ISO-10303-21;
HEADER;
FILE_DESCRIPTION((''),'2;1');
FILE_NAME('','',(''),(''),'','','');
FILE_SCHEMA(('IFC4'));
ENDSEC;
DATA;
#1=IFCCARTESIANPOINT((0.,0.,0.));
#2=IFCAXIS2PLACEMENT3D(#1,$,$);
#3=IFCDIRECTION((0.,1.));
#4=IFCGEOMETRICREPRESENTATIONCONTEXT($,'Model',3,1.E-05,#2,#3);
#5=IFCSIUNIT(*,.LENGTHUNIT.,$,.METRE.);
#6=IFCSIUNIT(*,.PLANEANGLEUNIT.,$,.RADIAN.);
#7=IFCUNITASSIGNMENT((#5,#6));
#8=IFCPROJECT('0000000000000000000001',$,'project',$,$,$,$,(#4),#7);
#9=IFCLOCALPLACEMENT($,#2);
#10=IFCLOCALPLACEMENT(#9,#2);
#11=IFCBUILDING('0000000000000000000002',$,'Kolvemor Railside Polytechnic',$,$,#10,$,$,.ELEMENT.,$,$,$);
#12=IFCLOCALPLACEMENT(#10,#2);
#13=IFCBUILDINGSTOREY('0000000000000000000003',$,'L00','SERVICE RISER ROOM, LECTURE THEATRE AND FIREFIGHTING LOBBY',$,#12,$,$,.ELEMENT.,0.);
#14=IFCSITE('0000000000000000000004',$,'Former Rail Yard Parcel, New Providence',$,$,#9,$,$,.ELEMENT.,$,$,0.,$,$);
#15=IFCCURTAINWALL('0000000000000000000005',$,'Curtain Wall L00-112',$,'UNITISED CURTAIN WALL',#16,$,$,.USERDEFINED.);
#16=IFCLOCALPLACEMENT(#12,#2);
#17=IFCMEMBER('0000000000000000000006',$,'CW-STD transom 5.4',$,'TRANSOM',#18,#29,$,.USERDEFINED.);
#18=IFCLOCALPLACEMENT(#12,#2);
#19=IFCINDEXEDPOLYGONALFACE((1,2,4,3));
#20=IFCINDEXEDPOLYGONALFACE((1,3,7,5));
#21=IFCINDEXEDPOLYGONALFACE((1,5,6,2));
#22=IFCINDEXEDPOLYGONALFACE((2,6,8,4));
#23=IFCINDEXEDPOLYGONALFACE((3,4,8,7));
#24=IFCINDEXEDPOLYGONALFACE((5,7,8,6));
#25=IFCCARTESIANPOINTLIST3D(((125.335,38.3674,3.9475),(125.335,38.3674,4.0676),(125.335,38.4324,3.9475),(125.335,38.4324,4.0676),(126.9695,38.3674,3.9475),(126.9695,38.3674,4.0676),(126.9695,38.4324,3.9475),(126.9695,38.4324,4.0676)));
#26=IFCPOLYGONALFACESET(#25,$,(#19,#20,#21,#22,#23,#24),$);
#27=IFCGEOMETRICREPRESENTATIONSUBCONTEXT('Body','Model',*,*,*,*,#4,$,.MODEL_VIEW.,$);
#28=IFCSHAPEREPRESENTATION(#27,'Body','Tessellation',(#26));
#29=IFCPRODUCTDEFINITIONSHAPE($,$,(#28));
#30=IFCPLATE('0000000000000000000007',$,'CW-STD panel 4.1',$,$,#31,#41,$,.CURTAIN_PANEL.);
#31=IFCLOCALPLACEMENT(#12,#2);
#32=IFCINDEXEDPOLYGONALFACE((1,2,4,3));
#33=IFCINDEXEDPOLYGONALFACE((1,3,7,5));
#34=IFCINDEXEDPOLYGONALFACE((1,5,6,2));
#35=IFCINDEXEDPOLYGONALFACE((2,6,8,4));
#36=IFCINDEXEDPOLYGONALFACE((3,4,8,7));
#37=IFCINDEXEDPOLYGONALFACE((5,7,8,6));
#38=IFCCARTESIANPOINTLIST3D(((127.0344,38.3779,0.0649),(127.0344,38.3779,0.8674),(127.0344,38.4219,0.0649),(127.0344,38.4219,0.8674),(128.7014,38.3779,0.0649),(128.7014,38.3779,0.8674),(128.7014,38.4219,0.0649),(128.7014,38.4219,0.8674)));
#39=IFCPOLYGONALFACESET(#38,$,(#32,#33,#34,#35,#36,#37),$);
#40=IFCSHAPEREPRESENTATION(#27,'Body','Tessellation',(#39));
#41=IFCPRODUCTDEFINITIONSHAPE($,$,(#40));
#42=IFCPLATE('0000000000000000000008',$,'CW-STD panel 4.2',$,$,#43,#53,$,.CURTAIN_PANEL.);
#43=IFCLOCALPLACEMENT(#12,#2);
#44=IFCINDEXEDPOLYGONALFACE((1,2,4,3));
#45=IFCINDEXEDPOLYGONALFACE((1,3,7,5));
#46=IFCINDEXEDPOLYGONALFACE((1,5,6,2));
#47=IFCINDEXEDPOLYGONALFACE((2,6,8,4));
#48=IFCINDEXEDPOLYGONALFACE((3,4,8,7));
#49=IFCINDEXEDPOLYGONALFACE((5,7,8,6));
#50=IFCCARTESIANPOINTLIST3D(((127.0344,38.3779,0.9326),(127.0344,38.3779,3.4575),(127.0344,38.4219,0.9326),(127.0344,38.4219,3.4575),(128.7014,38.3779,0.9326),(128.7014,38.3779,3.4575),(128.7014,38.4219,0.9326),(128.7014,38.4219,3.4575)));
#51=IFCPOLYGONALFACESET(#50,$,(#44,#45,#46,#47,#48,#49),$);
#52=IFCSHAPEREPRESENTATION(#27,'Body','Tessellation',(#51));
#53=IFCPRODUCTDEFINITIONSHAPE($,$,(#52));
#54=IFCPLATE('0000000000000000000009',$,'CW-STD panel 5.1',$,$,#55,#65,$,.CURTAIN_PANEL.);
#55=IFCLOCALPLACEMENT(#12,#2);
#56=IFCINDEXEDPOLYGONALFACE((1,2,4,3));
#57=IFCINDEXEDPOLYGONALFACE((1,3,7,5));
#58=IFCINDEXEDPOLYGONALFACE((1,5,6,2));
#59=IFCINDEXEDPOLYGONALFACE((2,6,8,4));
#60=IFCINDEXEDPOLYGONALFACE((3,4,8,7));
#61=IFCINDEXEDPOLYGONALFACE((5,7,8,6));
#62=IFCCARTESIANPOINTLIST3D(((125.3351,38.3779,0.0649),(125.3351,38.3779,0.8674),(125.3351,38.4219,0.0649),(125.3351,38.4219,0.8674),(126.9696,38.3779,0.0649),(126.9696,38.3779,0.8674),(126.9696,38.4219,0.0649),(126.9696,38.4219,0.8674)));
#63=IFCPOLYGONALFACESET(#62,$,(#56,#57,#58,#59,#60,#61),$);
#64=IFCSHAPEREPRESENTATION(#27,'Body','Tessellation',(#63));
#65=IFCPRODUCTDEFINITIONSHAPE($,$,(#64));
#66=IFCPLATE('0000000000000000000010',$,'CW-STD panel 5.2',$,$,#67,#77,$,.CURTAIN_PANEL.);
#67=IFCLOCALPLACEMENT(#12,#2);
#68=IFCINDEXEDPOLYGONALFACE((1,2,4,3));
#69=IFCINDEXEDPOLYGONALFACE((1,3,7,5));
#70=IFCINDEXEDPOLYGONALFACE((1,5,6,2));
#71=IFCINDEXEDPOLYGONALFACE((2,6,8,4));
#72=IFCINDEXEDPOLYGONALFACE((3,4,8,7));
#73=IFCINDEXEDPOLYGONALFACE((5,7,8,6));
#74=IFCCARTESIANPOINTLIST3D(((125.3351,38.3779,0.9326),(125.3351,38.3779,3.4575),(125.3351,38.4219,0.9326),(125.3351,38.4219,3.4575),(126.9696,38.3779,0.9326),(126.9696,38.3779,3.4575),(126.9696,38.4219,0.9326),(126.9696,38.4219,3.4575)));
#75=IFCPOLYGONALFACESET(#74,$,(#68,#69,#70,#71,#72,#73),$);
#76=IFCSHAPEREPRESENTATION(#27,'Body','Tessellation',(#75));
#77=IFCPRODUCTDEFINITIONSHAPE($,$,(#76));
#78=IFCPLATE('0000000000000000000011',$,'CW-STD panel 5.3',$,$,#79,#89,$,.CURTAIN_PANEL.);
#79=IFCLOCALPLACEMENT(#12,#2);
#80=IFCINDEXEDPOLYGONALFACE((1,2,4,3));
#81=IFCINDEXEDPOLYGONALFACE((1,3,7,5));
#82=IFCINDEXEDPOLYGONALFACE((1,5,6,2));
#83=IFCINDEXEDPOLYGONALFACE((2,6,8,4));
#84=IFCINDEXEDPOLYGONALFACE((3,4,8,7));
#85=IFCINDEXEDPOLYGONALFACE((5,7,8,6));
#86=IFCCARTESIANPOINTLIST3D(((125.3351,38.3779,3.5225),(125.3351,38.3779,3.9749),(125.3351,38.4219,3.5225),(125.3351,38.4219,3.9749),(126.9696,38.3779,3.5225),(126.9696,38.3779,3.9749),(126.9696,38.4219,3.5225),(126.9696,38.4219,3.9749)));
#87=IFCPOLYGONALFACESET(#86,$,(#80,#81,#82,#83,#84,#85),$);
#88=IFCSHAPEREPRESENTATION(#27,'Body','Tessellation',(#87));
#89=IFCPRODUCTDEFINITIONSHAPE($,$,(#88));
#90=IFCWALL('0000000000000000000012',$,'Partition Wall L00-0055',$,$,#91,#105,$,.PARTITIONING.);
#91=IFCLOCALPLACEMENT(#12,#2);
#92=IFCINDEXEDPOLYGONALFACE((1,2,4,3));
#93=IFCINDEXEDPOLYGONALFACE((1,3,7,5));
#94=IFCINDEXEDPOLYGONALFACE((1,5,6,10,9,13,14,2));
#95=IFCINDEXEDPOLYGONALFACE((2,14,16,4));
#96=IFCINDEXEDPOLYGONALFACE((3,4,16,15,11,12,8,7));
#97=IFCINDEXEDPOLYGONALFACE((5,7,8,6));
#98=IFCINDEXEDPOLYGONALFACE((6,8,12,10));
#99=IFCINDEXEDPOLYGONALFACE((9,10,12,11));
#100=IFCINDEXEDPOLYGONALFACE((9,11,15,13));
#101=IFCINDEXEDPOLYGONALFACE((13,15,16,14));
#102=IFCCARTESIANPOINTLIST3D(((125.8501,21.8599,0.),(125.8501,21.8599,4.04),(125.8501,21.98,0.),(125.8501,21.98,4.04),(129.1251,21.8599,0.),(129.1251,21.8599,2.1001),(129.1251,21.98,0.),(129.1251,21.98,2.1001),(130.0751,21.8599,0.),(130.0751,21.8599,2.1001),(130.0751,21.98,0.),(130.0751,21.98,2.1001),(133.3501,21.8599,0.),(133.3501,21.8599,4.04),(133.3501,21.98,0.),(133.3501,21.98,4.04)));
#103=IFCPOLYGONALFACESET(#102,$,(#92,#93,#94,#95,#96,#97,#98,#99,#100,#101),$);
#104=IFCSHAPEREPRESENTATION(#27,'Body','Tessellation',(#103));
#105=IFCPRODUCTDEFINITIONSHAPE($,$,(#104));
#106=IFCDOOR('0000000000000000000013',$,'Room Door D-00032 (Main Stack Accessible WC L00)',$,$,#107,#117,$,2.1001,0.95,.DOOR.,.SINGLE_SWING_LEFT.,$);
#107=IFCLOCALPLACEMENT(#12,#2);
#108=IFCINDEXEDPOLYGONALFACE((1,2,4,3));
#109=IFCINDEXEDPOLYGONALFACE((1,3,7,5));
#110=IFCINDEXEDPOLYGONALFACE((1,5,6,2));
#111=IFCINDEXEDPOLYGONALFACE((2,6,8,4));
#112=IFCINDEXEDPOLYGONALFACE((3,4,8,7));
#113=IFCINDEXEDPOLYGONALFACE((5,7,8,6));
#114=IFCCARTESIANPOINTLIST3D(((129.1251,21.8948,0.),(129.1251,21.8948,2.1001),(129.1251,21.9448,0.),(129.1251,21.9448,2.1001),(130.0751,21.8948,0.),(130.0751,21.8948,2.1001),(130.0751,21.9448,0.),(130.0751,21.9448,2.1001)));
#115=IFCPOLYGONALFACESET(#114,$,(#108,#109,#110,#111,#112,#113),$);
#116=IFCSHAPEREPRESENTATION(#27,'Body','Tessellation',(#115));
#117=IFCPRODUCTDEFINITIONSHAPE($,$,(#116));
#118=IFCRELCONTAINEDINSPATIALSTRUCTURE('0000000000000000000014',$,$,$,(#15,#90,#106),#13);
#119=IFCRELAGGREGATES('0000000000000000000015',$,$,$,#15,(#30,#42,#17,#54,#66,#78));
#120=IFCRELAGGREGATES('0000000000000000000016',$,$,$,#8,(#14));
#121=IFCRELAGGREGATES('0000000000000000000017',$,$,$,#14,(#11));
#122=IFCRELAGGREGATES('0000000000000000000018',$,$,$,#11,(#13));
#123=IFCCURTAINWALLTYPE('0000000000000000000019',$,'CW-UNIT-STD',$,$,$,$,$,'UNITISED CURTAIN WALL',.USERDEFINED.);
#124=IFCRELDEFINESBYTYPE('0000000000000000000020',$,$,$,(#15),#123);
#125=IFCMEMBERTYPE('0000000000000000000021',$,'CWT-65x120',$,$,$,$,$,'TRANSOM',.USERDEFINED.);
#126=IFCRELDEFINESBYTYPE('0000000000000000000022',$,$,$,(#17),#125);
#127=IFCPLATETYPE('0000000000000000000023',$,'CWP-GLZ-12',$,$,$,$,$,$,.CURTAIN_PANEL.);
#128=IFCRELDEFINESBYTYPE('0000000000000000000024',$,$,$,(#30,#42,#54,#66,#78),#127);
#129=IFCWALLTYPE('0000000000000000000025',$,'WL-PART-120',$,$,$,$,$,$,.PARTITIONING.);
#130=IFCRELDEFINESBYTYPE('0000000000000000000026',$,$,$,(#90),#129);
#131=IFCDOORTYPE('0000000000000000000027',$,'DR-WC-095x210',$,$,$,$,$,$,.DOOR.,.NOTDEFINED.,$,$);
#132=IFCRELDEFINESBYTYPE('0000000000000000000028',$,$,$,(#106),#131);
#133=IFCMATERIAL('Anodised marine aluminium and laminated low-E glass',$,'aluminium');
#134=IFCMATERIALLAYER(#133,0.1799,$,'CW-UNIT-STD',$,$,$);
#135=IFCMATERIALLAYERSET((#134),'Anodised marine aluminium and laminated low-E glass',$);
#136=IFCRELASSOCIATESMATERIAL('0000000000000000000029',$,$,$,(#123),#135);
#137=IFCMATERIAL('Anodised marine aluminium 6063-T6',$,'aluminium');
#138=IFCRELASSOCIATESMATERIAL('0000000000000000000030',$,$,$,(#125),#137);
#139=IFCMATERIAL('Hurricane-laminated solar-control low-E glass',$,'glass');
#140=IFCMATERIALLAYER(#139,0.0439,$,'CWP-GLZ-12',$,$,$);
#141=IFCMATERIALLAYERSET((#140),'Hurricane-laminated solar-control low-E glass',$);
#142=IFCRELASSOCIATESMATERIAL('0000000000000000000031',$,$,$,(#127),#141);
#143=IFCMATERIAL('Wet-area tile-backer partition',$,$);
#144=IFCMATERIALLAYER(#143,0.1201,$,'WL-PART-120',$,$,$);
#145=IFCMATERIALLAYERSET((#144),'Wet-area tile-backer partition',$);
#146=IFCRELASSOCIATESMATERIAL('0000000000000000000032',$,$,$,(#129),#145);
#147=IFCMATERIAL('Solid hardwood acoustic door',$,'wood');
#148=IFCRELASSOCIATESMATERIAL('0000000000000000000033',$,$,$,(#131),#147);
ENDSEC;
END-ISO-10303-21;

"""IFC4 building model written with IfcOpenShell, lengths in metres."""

from ifc_helpers import new_model, si_unit, direction, frame, frame_2d, origin, origin_2d, place, context, subcontext, project, spatial, rectangle, extrude, material, layer, layer_set, material_profile, profile_set, type_object, element, fill, aggregate, save


model = new_model("IFC4")

# Units and contexts
model_context = context("Model", 3, precision=1e-05, world=origin(), true_north=direction((0.0, 1.0)))
body_context = subcontext(model_context, "Body", "Model", "MODEL_VIEW")
ifc_project = project(units=[si_unit("LENGTHUNIT", "METRE"), si_unit("PLANEANGLEUNIT", "RADIAN")], contexts=[model_context])

# Site, building, storey
site_placement = place(None, origin())
site = spatial("IfcSite", under=ifc_project, at=site_placement, Name="Former Rail Yard Parcel, New Providence", CompositionType="ELEMENT", RefElevation=0.0)
building_placement = place(site_placement, origin())
building = spatial("IfcBuilding", under=site, at=building_placement, Name="Kolvemor Railside Polytechnic", CompositionType="ELEMENT")
storey_placement = place(building_placement, origin())
storey = spatial("IfcBuildingStorey", under=building, at=storey_placement, Name="L00", Description="SERVICE RISER ROOM, LECTURE THEATRE AND FIREFIGHTING LOBBY", CompositionType="ELEMENT", Elevation=0.0)

# Curtain wall, member, plates
ifc_material_1 = material(Name="Anodised marine aluminium and laminated low-E glass", Category="aluminium")
ifc_layer_1 = layer(ifc_material_1, 0.1799, Name="CW-UNIT-STD")
ifc_layer_set_1 = layer_set([ifc_layer_1], Name="Anodised marine aluminium and laminated low-E glass")
curtain_wall_type = type_object("IfcCurtainWallType", Name="CW-UNIT-STD", ElementType="UNITISED CURTAIN WALL", PredefinedType="USERDEFINED", material=ifc_layer_set_1)
curtain_wall_placement = place(storey_placement, origin())
curtain_wall = element("IfcCurtainWall", 1, at=curtain_wall_placement, inside=storey, type_object=curtain_wall_type, Name="Curtain Wall L00-112", ObjectType="UNITISED CURTAIN WALL", PredefinedType="USERDEFINED")
ifc_material_2 = material(Name="Anodised marine aluminium 6063-T6", Category="aluminium")
ifc_material_profile_1 = material_profile(ifc_material_2, rectangle(XDim=0.0649, YDim=0.1201, at=origin_2d()), Name="CW-TRN-65x120")
ifc_profile_set_1 = profile_set([ifc_material_profile_1], Name="Anodised marine aluminium 6063-T6")
member_type_1 = type_object("IfcMemberType", Name="CWT-65x120", ElementType="TRANSOM", PredefinedType="USERDEFINED", material=ifc_profile_set_1)
member_1_placement = place(storey_placement, frame((126.9695, 38.3999, 4.0076), z_axis=(-1.0, 0.0, 0.0), x_axis=(0.0, -1.0, 0.0)))
member_1 = element("IfcMember", 2, at=member_1_placement, type_object=member_type_1, Name="CW-STD transom 5.4", ObjectType="TRANSOM", PredefinedType="USERDEFINED", context=body_context, shape_type="SweptSolid", body=[
    extrude(rectangle(XDim=0.0649, YDim=0.1201, at=origin_2d()), origin(), (0.0, 0.0, 1.0), 1.6345),
])
ifc_material_3 = material(Name="Hurricane-laminated solar-control low-E glass", Category="glass")
ifc_layer_2 = layer(ifc_material_3, 0.0439, Name="CWP-GLZ-12")
ifc_layer_set_2 = layer_set([ifc_layer_2], Name="Hurricane-laminated solar-control low-E glass")
plate_type = type_object("IfcPlateType", Name="CWP-GLZ-12", PredefinedType="CURTAIN_PANEL", material=ifc_layer_set_2)
plate_1_placement = place(storey_placement, frame((127.8679, 38.3999, 0.0649), z_axis=(0.0, 0.0, 1.0), x_axis=(-1.0, 0.0, 0.0)))
plate_1 = element("IfcPlate", 3, at=plate_1_placement, type_object=plate_type, Name="CW-STD panel 4.1", PredefinedType="CURTAIN_PANEL", context=body_context, shape_type="SweptSolid", body=[
    extrude(rectangle(XDim=1.667, YDim=0.0439, at=origin_2d()), origin(), (0.0, 0.0, 1.0), 0.8025),
])
plate_2_placement = place(storey_placement, frame((127.8679, 38.3999, 0.9326), z_axis=(0.0, 0.0, 1.0), x_axis=(-1.0, 0.0, 0.0)))
plate_2 = element("IfcPlate", 4, at=plate_2_placement, type_object=plate_type, Name="CW-STD panel 4.2", PredefinedType="CURTAIN_PANEL", context=body_context, shape_type="SweptSolid", body=[
    extrude(rectangle(XDim=1.667, YDim=0.0439, at=origin_2d()), origin(), (0.0, 0.0, 1.0), 2.5249),
])
plate_3_placement = place(storey_placement, frame((126.1523, 38.3999, 0.0649), z_axis=(0.0, 0.0, 1.0), x_axis=(-1.0, 0.0, 0.0)))
plate_3 = element("IfcPlate", 5, at=plate_3_placement, type_object=plate_type, Name="CW-STD panel 5.1", PredefinedType="CURTAIN_PANEL", context=body_context, shape_type="SweptSolid", body=[
    extrude(rectangle(XDim=1.6345, YDim=0.0439, at=origin_2d()), origin(), (0.0, 0.0, 1.0), 0.8025),
])
plate_4_placement = place(storey_placement, frame((126.1523, 38.3999, 0.9326), z_axis=(0.0, 0.0, 1.0), x_axis=(-1.0, 0.0, 0.0)))
plate_4 = element("IfcPlate", 6, at=plate_4_placement, type_object=plate_type, Name="CW-STD panel 5.2", PredefinedType="CURTAIN_PANEL", context=body_context, shape_type="SweptSolid", body=[
    extrude(rectangle(XDim=1.6345, YDim=0.0439, at=origin_2d()), origin(), (0.0, 0.0, 1.0), 2.5249),
])
plate_5_placement = place(storey_placement, frame((126.1523, 38.3999, 3.5225), z_axis=(0.0, 0.0, 1.0), x_axis=(-1.0, 0.0, 0.0)))
plate_5 = element("IfcPlate", 7, at=plate_5_placement, type_object=plate_type, Name="CW-STD panel 5.3", PredefinedType="CURTAIN_PANEL", context=body_context, shape_type="SweptSolid", body=[
    extrude(rectangle(XDim=1.6345, YDim=0.0439, at=origin_2d()), origin(), (0.0, 0.0, 1.0), 0.4524),
])
aggregate(curtain_wall, [plate_1, plate_2, member_1, plate_3, plate_4, plate_5])

# Wall, opening, door
ifc_material_4 = material(Name="Wet-area tile-backer partition")
ifc_layer_3 = layer(ifc_material_4, 0.1201, Name="WL-PART-120")
ifc_layer_set_3 = layer_set([ifc_layer_3], Name="Wet-area tile-backer partition")
wall_type = type_object("IfcWallType", Name="WL-PART-120", PredefinedType="PARTITIONING", material=ifc_layer_set_3)
wall_placement = place(storey_placement, frame((125.8501, 21.9199, 0.0), z_axis=(0.0, 0.0, 1.0), x_axis=(1.0, 0.0, 0.0)))
wall = element("IfcWall", 8, at=wall_placement, inside=storey, type_object=wall_type, Name="Partition Wall L00-0055", PredefinedType="PARTITIONING", context=body_context, shape_type="SweptSolid", body=[
    extrude(rectangle(XDim=7.5, YDim=0.1201, at=frame_2d((3.75, 0.0))), origin(), (0.0, 0.0, 1.0), 4.04),
])
opening_placement = place(wall_placement, frame((3.2749, 0.0, 0.0)))
opening = element("IfcOpeningElement", 9, at=opening_placement, cuts=wall, PredefinedType="OPENING", context=body_context, shape_type="SweptSolid", body=[
    extrude(rectangle(XDim=0.95, YDim=2.1001, at=frame_2d((0.4751, 1.05))), frame((0.0, 0.0701, 0.0), z_axis=(0.0, -1.0, 0.0), x_axis=(1.0, 0.0, 0.0)), (0.0, 0.0, 1.0), 0.1401),
])
ifc_material_5 = material(Name="Solid hardwood acoustic door", Category="wood")
door_type = type_object("IfcDoorType", Name="DR-WC-095x210", OperationType="NOTDEFINED", PredefinedType="DOOR", material=ifc_material_5)
door_placement = place(opening_placement, origin())
door = element("IfcDoor", 10, at=door_placement, inside=storey, type_object=door_type, Name="Room Door D-00032 (Main Stack Accessible WC L00)", OperationType="SINGLE_SWING_LEFT", OverallHeight=2.1001, OverallWidth=0.95, PredefinedType="DOOR", context=body_context, shape_type="SweptSolid", body=[
    extrude(rectangle(XDim=0.95, YDim=2.1001, at=frame_2d((0.4751, 1.05))), frame((0.0, 0.0249, 0.0), z_axis=(0.0, -1.0, 0.0), x_axis=(1.0, 0.0, 0.0)), (0.0, 0.0, 1.0), 0.05),
])
fill(opening, door)

save(model, "model.ifc")
